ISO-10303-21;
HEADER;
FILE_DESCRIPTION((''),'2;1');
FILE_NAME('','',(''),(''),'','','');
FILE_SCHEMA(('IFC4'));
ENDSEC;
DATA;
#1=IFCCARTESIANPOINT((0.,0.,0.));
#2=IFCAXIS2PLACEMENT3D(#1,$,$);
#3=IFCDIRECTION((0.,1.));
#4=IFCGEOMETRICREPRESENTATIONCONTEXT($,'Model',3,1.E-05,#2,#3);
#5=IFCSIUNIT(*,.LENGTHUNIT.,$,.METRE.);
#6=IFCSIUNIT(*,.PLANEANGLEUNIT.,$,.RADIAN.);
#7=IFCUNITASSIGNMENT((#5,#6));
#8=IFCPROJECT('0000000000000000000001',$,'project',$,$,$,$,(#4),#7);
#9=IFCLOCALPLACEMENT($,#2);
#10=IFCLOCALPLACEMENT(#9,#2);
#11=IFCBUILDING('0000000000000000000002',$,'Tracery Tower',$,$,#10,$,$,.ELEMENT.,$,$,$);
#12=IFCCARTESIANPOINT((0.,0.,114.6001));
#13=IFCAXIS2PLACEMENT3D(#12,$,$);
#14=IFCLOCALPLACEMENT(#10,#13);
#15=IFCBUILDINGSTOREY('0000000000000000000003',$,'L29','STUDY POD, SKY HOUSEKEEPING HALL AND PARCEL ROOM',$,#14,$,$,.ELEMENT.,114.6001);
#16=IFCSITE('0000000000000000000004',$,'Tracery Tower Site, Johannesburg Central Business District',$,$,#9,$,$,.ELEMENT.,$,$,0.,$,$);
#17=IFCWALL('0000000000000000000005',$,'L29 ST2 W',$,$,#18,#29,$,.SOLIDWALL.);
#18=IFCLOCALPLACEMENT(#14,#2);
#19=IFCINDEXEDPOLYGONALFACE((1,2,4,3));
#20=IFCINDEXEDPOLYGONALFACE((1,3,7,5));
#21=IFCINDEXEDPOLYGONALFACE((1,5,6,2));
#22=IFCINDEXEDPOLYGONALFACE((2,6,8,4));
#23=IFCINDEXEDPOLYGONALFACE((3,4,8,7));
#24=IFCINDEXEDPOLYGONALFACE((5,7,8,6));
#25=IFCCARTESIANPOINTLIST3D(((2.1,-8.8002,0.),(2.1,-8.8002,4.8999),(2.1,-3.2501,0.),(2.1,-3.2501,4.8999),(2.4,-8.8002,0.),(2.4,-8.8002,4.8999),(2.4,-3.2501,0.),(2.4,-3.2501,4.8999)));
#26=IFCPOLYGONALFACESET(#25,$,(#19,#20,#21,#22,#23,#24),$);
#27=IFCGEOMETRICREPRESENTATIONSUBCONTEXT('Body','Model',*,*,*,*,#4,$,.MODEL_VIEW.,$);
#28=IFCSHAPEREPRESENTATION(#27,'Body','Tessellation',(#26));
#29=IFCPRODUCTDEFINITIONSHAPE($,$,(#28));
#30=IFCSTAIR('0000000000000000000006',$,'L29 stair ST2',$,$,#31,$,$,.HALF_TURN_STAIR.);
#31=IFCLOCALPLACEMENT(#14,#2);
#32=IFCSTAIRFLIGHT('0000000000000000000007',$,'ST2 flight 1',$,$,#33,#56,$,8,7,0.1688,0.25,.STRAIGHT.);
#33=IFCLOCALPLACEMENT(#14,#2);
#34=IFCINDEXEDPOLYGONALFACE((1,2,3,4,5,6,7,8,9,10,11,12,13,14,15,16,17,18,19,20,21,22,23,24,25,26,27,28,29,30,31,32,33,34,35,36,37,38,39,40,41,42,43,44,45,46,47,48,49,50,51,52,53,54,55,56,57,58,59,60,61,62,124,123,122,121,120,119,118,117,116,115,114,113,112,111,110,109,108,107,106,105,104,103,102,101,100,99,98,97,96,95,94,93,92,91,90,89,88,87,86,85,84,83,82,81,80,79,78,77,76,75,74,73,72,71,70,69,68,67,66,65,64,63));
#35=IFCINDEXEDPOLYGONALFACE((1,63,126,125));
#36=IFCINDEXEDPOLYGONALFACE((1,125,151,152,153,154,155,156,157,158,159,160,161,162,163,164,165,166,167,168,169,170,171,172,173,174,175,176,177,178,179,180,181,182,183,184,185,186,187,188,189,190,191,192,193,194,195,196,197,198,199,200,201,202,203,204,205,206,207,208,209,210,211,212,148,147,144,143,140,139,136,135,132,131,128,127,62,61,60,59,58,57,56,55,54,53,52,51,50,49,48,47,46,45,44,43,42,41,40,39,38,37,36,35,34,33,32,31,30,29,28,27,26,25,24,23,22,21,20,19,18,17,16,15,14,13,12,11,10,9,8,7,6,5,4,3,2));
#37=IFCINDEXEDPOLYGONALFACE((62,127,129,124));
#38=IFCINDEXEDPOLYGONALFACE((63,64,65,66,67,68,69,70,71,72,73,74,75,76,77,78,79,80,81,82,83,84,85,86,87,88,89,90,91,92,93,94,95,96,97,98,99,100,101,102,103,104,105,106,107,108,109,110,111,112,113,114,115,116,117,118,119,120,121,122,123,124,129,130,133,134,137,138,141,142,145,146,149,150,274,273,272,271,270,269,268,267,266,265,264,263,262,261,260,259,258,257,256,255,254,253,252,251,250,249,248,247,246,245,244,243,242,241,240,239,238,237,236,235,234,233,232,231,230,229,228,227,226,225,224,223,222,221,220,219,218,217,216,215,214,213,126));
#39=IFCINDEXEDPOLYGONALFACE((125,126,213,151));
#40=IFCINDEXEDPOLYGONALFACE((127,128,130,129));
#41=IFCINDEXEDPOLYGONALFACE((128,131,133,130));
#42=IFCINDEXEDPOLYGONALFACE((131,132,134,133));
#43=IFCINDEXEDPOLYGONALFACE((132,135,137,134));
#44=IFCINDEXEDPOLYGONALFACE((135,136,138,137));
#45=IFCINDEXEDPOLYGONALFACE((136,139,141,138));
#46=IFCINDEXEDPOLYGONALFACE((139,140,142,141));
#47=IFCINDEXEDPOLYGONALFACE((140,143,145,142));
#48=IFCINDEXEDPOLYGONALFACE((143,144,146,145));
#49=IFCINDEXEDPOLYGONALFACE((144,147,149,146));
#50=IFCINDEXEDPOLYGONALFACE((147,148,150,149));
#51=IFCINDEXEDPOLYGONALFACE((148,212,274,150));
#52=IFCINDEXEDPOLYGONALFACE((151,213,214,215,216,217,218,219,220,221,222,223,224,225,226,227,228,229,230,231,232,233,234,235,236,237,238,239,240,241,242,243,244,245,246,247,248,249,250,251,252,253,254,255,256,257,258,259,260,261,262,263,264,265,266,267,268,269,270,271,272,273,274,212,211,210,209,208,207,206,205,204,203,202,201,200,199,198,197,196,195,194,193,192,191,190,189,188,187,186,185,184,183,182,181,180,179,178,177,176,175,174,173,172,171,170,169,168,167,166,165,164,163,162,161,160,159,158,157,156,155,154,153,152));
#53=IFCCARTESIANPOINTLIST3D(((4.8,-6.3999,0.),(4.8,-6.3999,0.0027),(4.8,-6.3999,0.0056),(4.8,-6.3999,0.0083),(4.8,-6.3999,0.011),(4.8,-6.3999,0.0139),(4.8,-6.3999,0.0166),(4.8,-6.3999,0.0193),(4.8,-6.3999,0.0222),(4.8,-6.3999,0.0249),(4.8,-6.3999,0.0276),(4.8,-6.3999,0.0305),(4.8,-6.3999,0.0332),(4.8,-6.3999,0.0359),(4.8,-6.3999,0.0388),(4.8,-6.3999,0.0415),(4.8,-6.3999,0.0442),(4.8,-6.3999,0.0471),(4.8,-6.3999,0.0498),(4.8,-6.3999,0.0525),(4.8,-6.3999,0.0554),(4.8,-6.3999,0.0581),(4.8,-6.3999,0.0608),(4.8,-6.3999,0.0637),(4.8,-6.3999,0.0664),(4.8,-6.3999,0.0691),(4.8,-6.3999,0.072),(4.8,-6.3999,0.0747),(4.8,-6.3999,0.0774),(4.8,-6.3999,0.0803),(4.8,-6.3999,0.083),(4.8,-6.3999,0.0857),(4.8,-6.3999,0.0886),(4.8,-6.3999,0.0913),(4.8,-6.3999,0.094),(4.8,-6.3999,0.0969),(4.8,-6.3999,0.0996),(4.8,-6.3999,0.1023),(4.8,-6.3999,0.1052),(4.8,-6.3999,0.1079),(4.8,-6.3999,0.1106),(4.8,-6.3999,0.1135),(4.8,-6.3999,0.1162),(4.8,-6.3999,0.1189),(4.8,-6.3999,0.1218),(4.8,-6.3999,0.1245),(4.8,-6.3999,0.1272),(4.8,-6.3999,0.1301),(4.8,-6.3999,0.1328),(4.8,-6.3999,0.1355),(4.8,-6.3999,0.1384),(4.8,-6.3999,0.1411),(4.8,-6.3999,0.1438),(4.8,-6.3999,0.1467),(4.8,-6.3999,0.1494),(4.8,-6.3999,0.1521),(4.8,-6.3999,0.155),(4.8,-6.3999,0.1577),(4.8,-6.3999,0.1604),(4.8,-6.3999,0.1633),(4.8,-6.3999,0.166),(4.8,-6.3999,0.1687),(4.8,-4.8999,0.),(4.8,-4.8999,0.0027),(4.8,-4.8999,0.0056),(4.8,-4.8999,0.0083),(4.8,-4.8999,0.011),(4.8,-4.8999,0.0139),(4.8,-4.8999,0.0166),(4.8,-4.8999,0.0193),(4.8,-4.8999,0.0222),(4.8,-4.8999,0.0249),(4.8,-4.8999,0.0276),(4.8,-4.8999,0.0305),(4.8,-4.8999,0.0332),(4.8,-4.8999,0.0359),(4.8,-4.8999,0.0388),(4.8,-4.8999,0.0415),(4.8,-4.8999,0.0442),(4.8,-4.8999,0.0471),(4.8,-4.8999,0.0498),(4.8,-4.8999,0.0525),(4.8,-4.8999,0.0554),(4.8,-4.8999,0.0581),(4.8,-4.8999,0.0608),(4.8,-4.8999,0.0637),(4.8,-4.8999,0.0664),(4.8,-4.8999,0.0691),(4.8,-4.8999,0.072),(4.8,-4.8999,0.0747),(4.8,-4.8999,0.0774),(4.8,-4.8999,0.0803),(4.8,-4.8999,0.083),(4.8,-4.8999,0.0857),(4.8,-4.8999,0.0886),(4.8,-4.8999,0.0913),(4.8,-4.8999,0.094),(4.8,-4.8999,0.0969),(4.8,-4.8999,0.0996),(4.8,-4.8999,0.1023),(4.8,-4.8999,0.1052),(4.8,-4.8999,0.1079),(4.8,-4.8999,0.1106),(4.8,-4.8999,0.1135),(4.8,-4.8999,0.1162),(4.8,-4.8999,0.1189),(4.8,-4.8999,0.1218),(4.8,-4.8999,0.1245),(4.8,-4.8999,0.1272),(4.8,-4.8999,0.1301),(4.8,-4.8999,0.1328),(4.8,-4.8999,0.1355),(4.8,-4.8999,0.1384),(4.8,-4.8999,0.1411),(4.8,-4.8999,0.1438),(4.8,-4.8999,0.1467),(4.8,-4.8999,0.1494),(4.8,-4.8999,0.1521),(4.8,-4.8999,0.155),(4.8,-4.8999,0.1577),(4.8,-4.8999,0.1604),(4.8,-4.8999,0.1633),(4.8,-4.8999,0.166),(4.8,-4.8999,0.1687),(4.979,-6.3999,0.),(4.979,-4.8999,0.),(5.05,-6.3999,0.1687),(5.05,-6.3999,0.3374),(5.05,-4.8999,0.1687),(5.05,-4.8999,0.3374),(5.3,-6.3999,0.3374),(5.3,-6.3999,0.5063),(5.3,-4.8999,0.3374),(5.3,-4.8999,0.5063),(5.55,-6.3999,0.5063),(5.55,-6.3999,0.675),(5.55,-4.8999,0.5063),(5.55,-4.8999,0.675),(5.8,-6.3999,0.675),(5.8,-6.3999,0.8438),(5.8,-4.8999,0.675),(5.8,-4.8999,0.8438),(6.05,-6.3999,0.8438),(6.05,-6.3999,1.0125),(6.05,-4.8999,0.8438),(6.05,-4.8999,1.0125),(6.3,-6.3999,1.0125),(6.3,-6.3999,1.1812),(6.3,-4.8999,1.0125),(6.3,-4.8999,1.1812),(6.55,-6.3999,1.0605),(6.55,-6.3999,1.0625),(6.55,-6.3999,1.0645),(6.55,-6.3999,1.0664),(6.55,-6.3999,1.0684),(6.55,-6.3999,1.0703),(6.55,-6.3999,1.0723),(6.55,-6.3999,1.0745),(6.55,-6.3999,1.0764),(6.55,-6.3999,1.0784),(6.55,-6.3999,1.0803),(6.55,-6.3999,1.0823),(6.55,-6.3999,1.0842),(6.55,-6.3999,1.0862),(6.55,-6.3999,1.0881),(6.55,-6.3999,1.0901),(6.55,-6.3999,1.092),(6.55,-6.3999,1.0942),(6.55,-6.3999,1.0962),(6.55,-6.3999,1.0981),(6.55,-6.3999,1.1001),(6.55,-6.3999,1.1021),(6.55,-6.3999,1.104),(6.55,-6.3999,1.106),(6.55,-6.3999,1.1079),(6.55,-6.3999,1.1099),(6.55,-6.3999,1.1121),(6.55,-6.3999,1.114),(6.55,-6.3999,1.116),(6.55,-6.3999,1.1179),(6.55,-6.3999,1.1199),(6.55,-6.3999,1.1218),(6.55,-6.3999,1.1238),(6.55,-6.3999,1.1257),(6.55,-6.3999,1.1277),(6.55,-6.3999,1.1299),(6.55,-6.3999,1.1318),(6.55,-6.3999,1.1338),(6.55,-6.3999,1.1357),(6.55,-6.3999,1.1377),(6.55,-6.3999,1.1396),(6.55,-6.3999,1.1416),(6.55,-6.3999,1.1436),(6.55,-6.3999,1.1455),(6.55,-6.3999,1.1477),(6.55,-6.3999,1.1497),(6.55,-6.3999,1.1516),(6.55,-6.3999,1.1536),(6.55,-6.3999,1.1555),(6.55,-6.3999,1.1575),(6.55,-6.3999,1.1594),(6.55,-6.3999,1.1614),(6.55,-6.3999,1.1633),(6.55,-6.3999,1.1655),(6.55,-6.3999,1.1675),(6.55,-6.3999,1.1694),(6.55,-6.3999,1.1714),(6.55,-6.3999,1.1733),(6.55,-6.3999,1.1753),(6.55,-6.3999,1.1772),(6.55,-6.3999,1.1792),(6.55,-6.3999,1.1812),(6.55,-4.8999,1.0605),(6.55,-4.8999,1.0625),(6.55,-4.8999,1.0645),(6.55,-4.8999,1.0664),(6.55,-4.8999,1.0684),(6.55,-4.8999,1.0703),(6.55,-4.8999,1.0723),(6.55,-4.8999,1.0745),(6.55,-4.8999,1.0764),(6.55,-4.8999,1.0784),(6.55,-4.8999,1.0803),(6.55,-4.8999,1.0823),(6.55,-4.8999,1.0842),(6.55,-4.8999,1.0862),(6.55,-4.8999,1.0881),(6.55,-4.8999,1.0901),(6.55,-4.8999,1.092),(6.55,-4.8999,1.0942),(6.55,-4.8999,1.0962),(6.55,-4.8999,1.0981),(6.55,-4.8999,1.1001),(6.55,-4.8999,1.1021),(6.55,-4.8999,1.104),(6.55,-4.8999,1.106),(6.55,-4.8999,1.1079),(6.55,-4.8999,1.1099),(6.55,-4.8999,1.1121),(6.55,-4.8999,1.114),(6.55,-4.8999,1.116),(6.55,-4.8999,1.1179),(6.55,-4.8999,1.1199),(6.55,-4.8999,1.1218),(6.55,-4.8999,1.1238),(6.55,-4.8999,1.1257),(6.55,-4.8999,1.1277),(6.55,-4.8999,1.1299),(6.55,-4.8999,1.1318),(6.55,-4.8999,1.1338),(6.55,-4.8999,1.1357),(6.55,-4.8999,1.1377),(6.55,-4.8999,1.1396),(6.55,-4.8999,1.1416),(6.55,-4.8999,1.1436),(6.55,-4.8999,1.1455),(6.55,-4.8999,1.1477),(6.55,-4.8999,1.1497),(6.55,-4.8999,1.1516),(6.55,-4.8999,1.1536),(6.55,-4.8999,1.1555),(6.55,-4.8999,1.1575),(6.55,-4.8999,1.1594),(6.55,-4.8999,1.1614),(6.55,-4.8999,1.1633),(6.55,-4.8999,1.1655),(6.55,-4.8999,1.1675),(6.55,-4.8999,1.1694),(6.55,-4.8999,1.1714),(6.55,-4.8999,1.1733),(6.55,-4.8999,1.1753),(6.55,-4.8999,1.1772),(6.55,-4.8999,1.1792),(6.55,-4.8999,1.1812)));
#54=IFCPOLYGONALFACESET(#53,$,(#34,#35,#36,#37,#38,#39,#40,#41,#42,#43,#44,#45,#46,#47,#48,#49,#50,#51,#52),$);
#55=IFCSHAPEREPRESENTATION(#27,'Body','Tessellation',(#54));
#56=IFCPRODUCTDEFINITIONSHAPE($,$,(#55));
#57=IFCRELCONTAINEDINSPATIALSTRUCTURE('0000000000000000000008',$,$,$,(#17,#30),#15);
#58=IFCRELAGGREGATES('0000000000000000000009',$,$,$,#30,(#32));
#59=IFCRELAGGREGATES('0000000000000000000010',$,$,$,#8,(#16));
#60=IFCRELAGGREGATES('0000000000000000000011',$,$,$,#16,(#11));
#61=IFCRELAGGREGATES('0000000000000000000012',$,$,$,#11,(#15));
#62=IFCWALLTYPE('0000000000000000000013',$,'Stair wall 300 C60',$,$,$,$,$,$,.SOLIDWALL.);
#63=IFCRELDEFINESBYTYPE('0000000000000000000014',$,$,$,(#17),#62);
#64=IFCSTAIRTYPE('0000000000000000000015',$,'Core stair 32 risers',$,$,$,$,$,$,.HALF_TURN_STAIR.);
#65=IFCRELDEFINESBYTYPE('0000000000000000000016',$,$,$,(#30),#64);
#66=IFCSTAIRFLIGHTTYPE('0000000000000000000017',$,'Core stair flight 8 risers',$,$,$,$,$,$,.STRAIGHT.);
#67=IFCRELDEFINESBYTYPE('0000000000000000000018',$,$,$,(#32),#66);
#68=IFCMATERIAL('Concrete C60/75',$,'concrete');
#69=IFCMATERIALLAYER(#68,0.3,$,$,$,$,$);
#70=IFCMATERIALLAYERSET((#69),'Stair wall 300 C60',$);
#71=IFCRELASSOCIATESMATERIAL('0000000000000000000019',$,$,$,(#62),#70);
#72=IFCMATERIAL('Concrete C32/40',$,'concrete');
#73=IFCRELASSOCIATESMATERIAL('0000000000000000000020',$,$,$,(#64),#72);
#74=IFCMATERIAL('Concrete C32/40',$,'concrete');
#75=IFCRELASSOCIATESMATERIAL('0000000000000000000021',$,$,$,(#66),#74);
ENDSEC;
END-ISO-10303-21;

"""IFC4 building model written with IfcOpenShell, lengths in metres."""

from ifc_helpers import new_model, si_unit, direction, frame, frame_2d, origin, place, context, subcontext, project, spatial, polyline, rectangle, outline, extrude, material, layer, layer_set, type_object, element, aggregate, save


model = new_model("IFC4")

# Units and contexts
model_context = context("Model", 3, precision=1e-05, world=origin(), true_north=direction((0.0, 1.0)))
body_context = subcontext(model_context, "Body", "Model", "MODEL_VIEW")
ifc_project = project(units=[si_unit("LENGTHUNIT", "METRE"), si_unit("PLANEANGLEUNIT", "RADIAN")], contexts=[model_context])

# Site, building, storey
site_placement = place(None, origin())
site = spatial("IfcSite", under=ifc_project, at=site_placement, Name="Tracery Tower Site, Johannesburg Central Business District", CompositionType="ELEMENT", RefElevation=0.0)
building_placement = place(site_placement, origin())
building = spatial("IfcBuilding", under=site, at=building_placement, Name="Tracery Tower", CompositionType="ELEMENT")
storey_placement = place(building_placement, frame((0.0, 0.0, 114.6001)))
storey = spatial("IfcBuildingStorey", under=building, at=storey_placement, Name="L29", Description="STUDY POD, SKY HOUSEKEEPING HALL AND PARCEL ROOM", CompositionType="ELEMENT", Elevation=114.6001)

# Wall
ifc_material_1 = material(Name="Concrete C60/75", Category="concrete")
ifc_layer_1 = layer(ifc_material_1, 0.3)
ifc_layer_set_1 = layer_set([ifc_layer_1], Name="Stair wall 300 C60")
wall_type_1 = type_object("IfcWallType", Name="Stair wall 300 C60", PredefinedType="SOLIDWALL", material=ifc_layer_set_1)
wall_1_placement = place(storey_placement, frame((2.25, -8.8, 0.0), z_axis=(0.0, 0.0, 1.0), x_axis=(0.0, 1.0, 0.0)))
element("IfcWall", 1, at=wall_1_placement, inside=storey, type_object=wall_type_1, Name="L29 ST2 W", PredefinedType="SOLIDWALL", context=body_context, shape_type="SweptSolid", body=[
    extrude(rectangle(XDim=5.55, YDim=0.3, at=frame_2d((2.7749, 0.0))), origin(), (0.0, 0.0, 1.0), 4.8999),
])

# Stair, stair flight
ifc_material_2 = material(Name="Concrete C32/40", Category="concrete")
stair_type = type_object("IfcStairType", Name="Core stair 32 risers", PredefinedType="HALF_TURN_STAIR", material=ifc_material_2)
stair_placement = place(storey_placement, origin())
stair = element("IfcStair", 2, at=stair_placement, inside=storey, type_object=stair_type, Name="L29 stair ST2", PredefinedType="HALF_TURN_STAIR")
ifc_material_3 = material(Name="Concrete C32/40", Category="concrete")
stair_flight_type = type_object("IfcStairFlightType", Name="Core stair flight 8 risers", PredefinedType="STRAIGHT", material=ifc_material_3)
stair_flight_placement = place(storey_placement, frame((4.8, -5.6499, 0.0), z_axis=(0.0, 0.0, 1.0), x_axis=(1.0, 0.0, 0.0)))
stair_flight = element("IfcStairFlight", 3, at=stair_flight_placement, type_object=stair_flight_type, Name="ST2 flight 1", NumberOfRisers=8, NumberOfTreads=7, PredefinedType="STRAIGHT", RiserHeight=0.1688, TreadLength=0.25, context=body_context, shape_type="SweptSolid", body=[
    extrude(outline(polyline([(0.0, 0.0), (0.0, 0.0027), (0.0, 0.0056), (0.0, 0.0083), (0.0, 0.011), (0.0, 0.0139), (0.0, 0.0166), (0.0, 0.0193), (0.0, 0.0222), (0.0, 0.0249), (0.0, 0.0276), (0.0, 0.0305), (0.0, 0.0332), (0.0, 0.0359), (0.0, 0.0388), (0.0, 0.0415), (0.0, 0.0442), (0.0, 0.0471), (0.0, 0.0498), (0.0, 0.0525), (0.0, 0.0554), (0.0, 0.0581), (0.0, 0.0608), (0.0, 0.0637), (0.0, 0.0664), (0.0, 0.0691), (0.0, 0.072), (0.0, 0.0747), (0.0, 0.0774), (0.0, 0.0803), (0.0, 0.083), (0.0, 0.0857), (0.0, 0.0886), (0.0, 0.0913), (0.0, 0.094), (0.0, 0.0969), (0.0, 0.0996), (0.0, 0.1023), (0.0, 0.1052), (0.0, 0.1079), (0.0, 0.1106), (0.0, 0.1135), (0.0, 0.1162), (0.0, 0.1189), (0.0, 0.1218), (0.0, 0.1245), (0.0, 0.1272), (0.0, 0.1301), (0.0, 0.1328), (0.0, 0.1355), (0.0, 0.1384), (0.0, 0.1411), (0.0, 0.1438), (0.0, 0.1467), (0.0, 0.1494), (0.0, 0.1521), (0.0, 0.155), (0.0, 0.1577), (0.0, 0.1604), (0.0, 0.1633), (0.0, 0.166), (0.0, 0.1687), (0.25, 0.1687), (0.25, 0.3374), (0.5, 0.3374), (0.5, 0.5063), (0.75, 0.5063), (0.75, 0.675), (1.0, 0.675), (1.0, 0.8438), (1.25, 0.8438), (1.25, 1.0125), (1.5, 1.0125), (1.5, 1.1812), (1.75, 1.1812), (1.75, 1.1792), (1.75, 1.1772), (1.75, 1.1753), (1.75, 1.1733), (1.75, 1.1714), (1.75, 1.1694), (1.75, 1.1675), (1.75, 1.1655), (1.75, 1.1633), (1.75, 1.1614), (1.75, 1.1594), (1.75, 1.1575), (1.75, 1.1555), (1.75, 1.1536), (1.75, 1.1516), (1.75, 1.1497), (1.75, 1.1477), (1.75, 1.1455), (1.75, 1.1436), (1.75, 1.1416), (1.75, 1.1396), (1.75, 1.1377), (1.75, 1.1357), (1.75, 1.1338), (1.75, 1.1318), (1.75, 1.1299), (1.75, 1.1277), (1.75, 1.1257), (1.75, 1.1238), (1.75, 1.1218), (1.75, 1.1199), (1.75, 1.1179), (1.75, 1.116), (1.75, 1.114), (1.75, 1.1121), (1.75, 1.1099), (1.75, 1.1079), (1.75, 1.106), (1.75, 1.104), (1.75, 1.1021), (1.75, 1.1001), (1.75, 1.0981), (1.75, 1.0962), (1.75, 1.0942), (1.75, 1.092), (1.75, 1.0901), (1.75, 1.0881), (1.75, 1.0862), (1.75, 1.0842), (1.75, 1.0823), (1.75, 1.0803), (1.75, 1.0784), (1.75, 1.0764), (1.75, 1.0745), (1.75, 1.0723), (1.75, 1.0703), (1.75, 1.0684), (1.75, 1.0664), (1.75, 1.0645), (1.75, 1.0625), (1.75, 1.0605), (0.179, 0.0), (0.0, 0.0)])), frame((0.0, 0.75, 0.0), z_axis=(0.0, -1.0, 0.0), x_axis=(1.0, 0.0, 0.0)), (0.0, 0.0, 1.0), 1.5),
])
aggregate(stair, [stair_flight])

save(model, "model.ifc")
